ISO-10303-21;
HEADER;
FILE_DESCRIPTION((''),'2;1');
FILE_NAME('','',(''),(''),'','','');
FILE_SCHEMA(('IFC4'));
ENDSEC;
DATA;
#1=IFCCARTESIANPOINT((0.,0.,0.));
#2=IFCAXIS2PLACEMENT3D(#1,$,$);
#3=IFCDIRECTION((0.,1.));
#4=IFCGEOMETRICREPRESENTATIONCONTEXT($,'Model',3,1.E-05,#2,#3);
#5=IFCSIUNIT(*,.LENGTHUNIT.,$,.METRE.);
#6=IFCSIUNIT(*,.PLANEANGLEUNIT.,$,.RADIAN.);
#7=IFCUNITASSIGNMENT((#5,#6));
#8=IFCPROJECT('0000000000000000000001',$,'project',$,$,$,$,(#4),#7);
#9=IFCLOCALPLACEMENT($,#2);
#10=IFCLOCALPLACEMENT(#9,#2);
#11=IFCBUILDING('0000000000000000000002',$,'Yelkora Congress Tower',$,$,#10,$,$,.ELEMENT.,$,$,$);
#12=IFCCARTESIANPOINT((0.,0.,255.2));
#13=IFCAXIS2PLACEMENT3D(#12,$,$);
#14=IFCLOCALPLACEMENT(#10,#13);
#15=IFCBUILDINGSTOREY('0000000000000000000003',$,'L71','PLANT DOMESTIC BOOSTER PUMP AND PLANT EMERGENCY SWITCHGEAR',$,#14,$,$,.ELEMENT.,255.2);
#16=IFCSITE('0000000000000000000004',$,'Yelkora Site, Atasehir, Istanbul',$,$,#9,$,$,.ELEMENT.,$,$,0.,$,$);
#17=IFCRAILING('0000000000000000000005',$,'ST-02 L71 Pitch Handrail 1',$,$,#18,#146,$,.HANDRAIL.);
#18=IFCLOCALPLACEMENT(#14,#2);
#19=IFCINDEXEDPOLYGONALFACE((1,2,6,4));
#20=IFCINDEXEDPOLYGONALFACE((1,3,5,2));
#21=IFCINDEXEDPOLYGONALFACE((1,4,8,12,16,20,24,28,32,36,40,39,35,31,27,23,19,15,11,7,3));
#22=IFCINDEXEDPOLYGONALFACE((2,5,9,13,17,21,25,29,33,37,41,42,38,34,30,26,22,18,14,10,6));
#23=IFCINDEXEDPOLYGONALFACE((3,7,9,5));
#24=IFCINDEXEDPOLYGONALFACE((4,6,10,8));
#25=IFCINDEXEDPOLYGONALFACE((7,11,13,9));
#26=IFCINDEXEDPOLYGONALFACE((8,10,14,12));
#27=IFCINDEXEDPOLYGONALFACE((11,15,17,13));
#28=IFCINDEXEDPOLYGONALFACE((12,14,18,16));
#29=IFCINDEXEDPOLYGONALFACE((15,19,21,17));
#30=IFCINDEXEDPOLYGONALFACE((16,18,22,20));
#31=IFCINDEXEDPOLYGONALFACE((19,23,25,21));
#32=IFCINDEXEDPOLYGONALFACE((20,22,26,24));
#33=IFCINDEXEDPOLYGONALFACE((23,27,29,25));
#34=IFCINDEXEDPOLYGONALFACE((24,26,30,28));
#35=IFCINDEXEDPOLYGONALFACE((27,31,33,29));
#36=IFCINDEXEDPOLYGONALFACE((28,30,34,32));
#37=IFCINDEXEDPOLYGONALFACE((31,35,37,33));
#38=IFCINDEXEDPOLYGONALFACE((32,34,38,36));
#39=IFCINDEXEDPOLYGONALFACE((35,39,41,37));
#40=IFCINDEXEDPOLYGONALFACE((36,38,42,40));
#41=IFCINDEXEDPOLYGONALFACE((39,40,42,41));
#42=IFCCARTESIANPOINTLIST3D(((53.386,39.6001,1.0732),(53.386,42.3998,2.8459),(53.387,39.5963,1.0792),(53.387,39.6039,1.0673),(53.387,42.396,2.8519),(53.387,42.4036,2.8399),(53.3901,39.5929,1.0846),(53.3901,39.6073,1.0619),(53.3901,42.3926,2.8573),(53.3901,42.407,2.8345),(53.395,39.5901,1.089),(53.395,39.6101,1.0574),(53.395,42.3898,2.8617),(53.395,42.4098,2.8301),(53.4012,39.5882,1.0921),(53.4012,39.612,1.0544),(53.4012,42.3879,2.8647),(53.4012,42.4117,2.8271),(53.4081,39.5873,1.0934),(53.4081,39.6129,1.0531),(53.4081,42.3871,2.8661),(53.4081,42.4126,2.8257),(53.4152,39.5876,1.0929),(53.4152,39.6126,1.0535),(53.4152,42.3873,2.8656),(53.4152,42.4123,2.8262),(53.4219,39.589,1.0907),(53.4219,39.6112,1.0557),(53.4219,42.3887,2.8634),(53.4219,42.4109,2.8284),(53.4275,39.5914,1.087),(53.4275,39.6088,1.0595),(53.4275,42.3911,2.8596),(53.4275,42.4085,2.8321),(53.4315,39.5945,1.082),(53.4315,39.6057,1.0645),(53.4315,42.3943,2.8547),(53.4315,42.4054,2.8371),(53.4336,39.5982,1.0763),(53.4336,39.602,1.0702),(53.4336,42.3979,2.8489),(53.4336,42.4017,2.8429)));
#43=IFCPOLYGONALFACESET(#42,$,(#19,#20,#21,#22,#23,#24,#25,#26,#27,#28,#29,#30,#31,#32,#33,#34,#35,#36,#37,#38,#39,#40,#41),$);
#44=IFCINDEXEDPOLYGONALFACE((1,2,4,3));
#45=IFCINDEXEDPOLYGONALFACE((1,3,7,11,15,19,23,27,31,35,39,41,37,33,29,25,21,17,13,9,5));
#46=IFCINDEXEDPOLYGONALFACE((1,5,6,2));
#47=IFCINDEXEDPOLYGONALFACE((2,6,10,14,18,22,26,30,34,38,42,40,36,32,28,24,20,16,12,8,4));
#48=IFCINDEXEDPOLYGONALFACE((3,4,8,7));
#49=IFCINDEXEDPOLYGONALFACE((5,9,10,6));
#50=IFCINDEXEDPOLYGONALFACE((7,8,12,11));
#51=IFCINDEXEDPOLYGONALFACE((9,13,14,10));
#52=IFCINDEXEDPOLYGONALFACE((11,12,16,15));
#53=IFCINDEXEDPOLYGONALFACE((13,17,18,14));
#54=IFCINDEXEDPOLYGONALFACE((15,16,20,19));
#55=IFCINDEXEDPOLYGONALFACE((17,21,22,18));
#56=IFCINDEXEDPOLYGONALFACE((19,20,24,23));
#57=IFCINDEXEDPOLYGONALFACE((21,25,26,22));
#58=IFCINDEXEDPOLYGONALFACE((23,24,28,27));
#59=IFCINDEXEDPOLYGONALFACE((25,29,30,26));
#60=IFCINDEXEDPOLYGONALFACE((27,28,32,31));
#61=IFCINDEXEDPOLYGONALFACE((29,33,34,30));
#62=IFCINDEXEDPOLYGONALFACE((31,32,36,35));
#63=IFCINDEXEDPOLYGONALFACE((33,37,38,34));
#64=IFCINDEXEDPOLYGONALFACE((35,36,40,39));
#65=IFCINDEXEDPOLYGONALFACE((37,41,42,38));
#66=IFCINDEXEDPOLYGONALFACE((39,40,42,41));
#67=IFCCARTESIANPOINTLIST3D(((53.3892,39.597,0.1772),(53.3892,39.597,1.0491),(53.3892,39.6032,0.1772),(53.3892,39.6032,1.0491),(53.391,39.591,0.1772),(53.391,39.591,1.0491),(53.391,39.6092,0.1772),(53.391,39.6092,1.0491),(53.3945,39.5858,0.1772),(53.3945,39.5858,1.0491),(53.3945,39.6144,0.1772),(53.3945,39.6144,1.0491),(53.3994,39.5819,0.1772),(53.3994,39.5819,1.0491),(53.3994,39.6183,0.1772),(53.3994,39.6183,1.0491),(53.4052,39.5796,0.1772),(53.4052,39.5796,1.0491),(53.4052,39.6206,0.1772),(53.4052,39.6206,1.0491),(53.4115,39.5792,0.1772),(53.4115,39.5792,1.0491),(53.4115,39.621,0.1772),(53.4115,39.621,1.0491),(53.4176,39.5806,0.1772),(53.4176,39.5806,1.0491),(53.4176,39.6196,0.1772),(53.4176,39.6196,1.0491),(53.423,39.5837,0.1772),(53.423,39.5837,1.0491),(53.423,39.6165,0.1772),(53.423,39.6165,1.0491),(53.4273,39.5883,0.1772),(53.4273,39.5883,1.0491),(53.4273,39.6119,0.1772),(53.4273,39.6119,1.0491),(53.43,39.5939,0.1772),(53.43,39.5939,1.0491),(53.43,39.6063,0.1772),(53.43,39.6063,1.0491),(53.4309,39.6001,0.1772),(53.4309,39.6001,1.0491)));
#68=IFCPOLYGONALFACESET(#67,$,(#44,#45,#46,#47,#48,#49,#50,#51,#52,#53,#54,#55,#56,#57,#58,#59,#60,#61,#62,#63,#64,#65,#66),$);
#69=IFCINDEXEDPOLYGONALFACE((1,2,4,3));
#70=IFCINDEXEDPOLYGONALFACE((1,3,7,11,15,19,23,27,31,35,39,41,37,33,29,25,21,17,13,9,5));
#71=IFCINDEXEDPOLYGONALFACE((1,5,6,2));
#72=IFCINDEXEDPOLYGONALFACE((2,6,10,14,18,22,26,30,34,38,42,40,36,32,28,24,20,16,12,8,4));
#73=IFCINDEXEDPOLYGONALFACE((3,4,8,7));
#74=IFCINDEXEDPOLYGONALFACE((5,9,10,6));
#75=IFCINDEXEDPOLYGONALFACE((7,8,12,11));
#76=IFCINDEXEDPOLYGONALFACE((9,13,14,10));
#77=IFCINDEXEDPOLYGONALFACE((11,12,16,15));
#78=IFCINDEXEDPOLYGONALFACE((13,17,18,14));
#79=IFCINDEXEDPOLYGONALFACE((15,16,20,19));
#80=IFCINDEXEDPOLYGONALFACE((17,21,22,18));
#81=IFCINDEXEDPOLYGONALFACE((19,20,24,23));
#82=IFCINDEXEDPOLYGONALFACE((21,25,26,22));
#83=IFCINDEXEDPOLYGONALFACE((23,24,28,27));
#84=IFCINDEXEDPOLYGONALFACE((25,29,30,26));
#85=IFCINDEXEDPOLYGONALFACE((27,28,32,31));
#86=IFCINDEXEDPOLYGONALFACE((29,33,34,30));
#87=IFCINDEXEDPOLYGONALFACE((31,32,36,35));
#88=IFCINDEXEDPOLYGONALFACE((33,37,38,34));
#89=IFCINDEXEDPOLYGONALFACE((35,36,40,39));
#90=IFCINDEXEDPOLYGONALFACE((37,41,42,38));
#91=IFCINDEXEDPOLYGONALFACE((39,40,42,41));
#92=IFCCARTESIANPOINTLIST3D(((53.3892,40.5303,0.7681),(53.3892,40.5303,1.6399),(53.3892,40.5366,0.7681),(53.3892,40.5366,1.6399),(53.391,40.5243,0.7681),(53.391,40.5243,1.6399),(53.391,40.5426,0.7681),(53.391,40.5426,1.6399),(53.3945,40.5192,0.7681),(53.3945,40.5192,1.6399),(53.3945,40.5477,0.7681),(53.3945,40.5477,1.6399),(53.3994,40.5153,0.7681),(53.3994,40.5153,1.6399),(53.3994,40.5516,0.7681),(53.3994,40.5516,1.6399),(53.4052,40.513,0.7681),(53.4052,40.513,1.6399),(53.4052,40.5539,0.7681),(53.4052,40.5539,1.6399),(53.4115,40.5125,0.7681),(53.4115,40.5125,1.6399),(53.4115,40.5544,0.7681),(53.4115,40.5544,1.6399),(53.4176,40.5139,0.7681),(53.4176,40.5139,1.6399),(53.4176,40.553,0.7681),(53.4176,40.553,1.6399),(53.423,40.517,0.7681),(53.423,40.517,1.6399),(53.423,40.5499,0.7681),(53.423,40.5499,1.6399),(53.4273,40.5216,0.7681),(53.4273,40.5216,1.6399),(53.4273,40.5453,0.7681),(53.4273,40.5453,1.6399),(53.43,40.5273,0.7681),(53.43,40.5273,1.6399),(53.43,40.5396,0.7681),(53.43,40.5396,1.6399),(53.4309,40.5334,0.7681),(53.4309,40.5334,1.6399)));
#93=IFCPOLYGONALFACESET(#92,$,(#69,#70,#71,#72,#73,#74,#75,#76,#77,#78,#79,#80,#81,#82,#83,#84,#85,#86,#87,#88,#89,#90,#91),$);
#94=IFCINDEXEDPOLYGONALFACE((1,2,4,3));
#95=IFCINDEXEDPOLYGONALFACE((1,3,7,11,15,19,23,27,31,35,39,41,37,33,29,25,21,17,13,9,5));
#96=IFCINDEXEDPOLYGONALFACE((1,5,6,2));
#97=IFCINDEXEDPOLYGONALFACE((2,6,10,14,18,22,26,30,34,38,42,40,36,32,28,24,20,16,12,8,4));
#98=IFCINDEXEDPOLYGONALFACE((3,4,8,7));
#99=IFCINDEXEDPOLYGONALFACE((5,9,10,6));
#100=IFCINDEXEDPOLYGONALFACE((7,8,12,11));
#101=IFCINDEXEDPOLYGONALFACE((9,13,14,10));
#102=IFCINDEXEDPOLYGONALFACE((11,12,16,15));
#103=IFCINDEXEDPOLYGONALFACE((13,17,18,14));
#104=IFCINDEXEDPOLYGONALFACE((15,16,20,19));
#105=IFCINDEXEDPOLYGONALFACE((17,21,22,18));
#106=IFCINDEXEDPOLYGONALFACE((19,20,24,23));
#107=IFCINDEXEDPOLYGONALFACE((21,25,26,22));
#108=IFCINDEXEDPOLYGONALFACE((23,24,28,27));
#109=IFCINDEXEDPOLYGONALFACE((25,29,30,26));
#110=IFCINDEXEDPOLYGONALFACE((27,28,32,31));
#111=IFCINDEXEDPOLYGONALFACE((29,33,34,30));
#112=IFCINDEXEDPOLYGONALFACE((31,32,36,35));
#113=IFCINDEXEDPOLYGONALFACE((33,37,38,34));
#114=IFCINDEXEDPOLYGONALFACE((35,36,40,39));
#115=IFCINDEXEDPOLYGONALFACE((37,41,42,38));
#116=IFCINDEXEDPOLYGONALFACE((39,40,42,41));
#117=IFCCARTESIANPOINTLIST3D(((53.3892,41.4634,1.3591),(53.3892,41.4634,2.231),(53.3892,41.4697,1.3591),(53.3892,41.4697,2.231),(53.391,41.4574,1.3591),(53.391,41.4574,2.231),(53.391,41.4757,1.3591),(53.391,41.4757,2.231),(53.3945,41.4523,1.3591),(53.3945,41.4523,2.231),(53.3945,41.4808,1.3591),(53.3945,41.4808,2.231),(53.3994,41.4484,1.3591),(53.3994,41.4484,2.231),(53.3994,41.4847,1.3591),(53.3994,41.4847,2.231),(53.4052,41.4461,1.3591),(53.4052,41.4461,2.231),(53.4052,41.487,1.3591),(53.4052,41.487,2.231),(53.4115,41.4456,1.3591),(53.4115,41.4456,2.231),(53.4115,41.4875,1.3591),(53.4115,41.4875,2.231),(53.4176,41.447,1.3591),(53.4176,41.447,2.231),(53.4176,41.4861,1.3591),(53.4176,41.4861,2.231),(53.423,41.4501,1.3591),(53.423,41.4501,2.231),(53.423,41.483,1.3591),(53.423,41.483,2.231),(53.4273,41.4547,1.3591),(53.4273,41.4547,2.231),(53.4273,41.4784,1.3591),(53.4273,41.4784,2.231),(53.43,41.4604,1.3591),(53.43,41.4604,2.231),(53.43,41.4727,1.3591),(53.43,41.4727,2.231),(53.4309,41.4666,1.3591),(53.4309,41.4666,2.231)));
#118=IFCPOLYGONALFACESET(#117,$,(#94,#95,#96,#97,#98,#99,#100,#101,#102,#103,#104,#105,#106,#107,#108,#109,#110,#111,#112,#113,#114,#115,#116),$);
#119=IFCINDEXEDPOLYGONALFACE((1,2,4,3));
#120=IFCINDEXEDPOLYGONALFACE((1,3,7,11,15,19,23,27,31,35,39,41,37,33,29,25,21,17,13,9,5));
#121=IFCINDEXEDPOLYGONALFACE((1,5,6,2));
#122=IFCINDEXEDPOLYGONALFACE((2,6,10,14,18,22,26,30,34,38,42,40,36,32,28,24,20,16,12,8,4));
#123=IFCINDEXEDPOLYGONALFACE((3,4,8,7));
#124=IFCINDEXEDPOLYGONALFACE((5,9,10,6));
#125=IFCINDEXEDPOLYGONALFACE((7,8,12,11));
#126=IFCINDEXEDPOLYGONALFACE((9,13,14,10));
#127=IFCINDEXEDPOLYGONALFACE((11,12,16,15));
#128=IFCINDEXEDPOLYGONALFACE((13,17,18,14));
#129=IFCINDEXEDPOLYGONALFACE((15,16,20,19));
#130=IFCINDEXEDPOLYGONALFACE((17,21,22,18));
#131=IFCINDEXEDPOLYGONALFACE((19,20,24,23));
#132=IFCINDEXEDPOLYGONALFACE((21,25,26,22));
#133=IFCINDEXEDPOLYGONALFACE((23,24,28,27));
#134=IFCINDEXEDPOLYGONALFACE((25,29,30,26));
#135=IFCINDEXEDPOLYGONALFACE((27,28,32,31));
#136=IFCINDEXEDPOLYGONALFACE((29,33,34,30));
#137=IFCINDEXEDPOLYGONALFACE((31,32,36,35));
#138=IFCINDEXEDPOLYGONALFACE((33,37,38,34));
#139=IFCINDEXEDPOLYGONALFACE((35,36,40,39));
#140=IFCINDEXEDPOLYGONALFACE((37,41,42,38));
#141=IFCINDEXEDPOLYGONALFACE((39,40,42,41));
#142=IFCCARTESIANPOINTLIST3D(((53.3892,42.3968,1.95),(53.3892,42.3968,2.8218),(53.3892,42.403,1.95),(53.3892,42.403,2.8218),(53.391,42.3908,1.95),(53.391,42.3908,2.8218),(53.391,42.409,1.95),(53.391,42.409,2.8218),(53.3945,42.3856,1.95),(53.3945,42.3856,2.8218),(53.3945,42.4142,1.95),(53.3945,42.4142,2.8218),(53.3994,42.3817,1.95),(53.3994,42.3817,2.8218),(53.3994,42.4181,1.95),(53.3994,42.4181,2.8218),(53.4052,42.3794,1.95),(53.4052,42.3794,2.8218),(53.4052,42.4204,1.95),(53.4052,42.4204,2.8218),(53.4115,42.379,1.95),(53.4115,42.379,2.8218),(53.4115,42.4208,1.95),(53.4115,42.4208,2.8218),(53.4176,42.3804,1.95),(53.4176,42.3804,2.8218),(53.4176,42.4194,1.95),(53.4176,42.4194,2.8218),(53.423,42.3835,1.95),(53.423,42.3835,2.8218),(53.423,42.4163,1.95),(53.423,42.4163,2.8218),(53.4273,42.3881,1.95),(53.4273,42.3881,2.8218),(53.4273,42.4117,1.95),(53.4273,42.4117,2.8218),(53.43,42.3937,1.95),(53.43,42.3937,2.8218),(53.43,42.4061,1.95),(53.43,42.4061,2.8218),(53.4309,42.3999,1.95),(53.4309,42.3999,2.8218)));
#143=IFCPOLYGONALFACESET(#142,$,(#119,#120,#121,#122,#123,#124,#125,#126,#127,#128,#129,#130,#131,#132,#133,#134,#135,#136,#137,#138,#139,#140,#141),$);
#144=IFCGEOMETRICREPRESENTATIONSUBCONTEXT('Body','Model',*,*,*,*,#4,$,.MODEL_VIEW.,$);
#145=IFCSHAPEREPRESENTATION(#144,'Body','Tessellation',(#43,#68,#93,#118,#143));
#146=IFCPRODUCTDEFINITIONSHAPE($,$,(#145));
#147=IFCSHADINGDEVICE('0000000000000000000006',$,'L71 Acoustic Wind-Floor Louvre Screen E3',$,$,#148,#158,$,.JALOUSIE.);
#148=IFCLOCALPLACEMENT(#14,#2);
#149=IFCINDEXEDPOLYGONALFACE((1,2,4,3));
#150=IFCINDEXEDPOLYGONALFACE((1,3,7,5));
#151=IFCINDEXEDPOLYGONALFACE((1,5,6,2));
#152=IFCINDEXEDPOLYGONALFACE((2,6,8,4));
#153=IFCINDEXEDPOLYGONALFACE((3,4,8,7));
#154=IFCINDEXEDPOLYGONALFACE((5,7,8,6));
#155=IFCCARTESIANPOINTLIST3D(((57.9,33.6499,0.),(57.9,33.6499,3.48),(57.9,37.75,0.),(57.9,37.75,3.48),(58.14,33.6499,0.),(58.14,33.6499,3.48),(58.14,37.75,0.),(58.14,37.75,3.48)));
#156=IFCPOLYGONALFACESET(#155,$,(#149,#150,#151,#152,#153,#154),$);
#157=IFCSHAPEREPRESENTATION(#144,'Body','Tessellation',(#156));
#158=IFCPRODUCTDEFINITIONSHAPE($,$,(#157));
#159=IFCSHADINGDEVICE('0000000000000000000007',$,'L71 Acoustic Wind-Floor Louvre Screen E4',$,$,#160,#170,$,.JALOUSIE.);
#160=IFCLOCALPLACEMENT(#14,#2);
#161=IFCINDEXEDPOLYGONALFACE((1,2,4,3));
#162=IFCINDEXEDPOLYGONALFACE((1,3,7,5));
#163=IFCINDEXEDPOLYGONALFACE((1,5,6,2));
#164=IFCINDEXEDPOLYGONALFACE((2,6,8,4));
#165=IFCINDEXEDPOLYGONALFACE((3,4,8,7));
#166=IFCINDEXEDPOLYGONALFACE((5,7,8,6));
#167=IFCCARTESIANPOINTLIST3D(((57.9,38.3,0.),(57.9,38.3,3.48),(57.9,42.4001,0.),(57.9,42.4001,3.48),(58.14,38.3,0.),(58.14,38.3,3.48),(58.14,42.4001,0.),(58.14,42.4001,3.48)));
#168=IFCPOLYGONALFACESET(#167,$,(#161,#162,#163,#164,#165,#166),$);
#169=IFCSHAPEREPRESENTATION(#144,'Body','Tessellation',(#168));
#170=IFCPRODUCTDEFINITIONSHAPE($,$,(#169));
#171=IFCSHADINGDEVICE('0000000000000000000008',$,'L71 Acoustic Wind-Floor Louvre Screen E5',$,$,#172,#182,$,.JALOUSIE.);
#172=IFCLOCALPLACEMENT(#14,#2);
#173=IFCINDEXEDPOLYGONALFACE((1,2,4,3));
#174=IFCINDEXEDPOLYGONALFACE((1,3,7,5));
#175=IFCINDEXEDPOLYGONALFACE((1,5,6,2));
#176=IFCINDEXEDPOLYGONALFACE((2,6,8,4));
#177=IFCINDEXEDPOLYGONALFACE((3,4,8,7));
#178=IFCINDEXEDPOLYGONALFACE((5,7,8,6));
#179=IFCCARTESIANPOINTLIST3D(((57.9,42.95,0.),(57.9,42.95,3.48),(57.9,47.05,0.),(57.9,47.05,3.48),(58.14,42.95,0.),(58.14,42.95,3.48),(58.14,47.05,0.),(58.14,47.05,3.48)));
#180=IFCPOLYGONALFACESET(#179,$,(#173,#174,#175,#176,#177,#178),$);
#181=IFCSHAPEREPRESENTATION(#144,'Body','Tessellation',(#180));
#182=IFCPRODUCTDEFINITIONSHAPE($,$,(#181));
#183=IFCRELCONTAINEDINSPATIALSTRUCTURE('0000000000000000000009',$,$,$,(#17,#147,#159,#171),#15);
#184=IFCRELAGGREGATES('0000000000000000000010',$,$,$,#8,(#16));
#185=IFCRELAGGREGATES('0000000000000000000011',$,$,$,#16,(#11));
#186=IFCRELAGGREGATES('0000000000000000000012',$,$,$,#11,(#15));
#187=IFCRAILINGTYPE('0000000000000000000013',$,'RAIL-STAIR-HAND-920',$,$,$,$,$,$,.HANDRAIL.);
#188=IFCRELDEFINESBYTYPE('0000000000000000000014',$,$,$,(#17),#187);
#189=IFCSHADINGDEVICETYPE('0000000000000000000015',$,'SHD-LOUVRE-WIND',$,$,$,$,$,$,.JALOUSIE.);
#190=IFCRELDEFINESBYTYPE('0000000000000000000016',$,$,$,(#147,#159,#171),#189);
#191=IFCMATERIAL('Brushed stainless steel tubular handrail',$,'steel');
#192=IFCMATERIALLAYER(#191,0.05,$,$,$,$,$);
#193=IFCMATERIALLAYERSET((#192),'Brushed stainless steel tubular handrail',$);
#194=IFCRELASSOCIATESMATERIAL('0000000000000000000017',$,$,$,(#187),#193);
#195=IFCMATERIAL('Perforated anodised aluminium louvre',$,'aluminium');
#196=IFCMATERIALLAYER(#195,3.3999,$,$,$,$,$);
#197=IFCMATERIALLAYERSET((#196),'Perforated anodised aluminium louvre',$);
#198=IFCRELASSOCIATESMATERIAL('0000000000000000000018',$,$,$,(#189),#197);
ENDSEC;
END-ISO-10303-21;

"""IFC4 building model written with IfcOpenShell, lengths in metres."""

from ifc_helpers import new_model, si_unit, direction, frame, origin, origin_2d, place, context, subcontext, project, spatial, rectangle, circle, extrude, material, layer, layer_set, type_object, element, save


model = new_model("IFC4")

# Units and contexts
model_context = context("Model", 3, precision=1e-05, world=origin(), true_north=direction((0.0, 1.0)))
body_context = subcontext(model_context, "Body", "Model", "MODEL_VIEW")
ifc_project = project(units=[si_unit("LENGTHUNIT", "METRE"), si_unit("PLANEANGLEUNIT", "RADIAN")], contexts=[model_context])

# Site, building, storey
site_placement = place(None, origin())
site = spatial("IfcSite", under=ifc_project, at=site_placement, Name="Yelkora Site, Atasehir, Istanbul", CompositionType="ELEMENT", RefElevation=0.0)
building_placement = place(site_placement, origin())
building = spatial("IfcBuilding", under=site, at=building_placement, Name="Yelkora Congress Tower", CompositionType="ELEMENT")
storey_placement = place(building_placement, frame((0.0, 0.0, 255.2)))
storey = spatial("IfcBuildingStorey", under=building, at=storey_placement, Name="L71", Description="PLANT DOMESTIC BOOSTER PUMP AND PLANT EMERGENCY SWITCHGEAR", CompositionType="ELEMENT", Elevation=255.2)

# Railing
ifc_material_1 = material(Name="Brushed stainless steel tubular handrail", Category="steel")
ifc_layer_1 = layer(ifc_material_1, 0.05)
ifc_layer_set_1 = layer_set([ifc_layer_1], Name="Brushed stainless steel tubular handrail")
railing_type_1 = type_object("IfcRailingType", Name="RAIL-STAIR-HAND-920", PredefinedType="HANDRAIL", material=ifc_layer_set_1)
railing_1_placement = place(storey_placement, frame((53.4099, 39.6001, 0.1772)))
element("IfcRailing", 1, at=railing_1_placement, inside=storey, type_object=railing_type_1, Name="ST-02 L71 Pitch Handrail 1", PredefinedType="HANDRAIL", context=body_context, shape_type="SweptSolid", body=[
    extrude(circle(Radius=0.0239, at=origin_2d()), frame((0.0, 0.0, 0.896), z_axis=(0.0, 0.844888, 0.534943), x_axis=(-1.0, 0.0, 0.0)), (0.0, 0.0, 1.0), 3.3137),
    extrude(circle(Radius=0.021, at=origin_2d()), origin(), (0.0, 0.0, 1.0), 0.8718),
    extrude(circle(Radius=0.021, at=origin_2d()), frame((0.0, 0.9333, 0.5908)), (0.0, 0.0, 1.0), 0.8718),
    extrude(circle(Radius=0.021, at=origin_2d()), frame((0.0, 1.8665, 1.1819)), (0.0, 0.0, 1.0), 0.8718),
    extrude(circle(Radius=0.021, at=origin_2d()), frame((0.0, 2.7998, 1.7727)), (0.0, 0.0, 1.0), 0.8718),
])

# Shading devices
ifc_material_2 = material(Name="Perforated anodised aluminium louvre", Category="aluminium")
ifc_layer_2 = layer(ifc_material_2, 3.3999)
ifc_layer_set_2 = layer_set([ifc_layer_2], Name="Perforated anodised aluminium louvre")
shading_device_type = type_object("IfcShadingDeviceType", Name="SHD-LOUVRE-WIND", PredefinedType="JALOUSIE", material=ifc_layer_set_2)
for number, where, z_axis, x_axis, name in (
    (2, (58.02, 35.7, 0.0), (0.0, 0.0, 1.0), (1.0, 0.0, 0.0), "L71 Acoustic Wind-Floor Louvre Screen E3"),
    (3, (58.02, 40.3501, 0.0), (0.0, 0.0, 1.0), (1.0, 0.0, 0.0), "L71 Acoustic Wind-Floor Louvre Screen E4"),
    (4, (58.02, 45.0, 0.0), (0.0, 0.0, 1.0), (1.0, 0.0, 0.0), "L71 Acoustic Wind-Floor Louvre Screen E5"),
):
    element("IfcShadingDevice", number, at=place(storey_placement, frame(where, z_axis=z_axis, x_axis=x_axis)), inside=storey, type_object=shading_device_type, Name=name, PredefinedType="JALOUSIE", context=body_context, shape_type="SweptSolid", body=[
        extrude(rectangle(XDim=0.24, YDim=4.1001, at=origin_2d()), origin(), (0.0, 0.0, 1.0), 3.48),
    ])

save(model, "model.ifc")
